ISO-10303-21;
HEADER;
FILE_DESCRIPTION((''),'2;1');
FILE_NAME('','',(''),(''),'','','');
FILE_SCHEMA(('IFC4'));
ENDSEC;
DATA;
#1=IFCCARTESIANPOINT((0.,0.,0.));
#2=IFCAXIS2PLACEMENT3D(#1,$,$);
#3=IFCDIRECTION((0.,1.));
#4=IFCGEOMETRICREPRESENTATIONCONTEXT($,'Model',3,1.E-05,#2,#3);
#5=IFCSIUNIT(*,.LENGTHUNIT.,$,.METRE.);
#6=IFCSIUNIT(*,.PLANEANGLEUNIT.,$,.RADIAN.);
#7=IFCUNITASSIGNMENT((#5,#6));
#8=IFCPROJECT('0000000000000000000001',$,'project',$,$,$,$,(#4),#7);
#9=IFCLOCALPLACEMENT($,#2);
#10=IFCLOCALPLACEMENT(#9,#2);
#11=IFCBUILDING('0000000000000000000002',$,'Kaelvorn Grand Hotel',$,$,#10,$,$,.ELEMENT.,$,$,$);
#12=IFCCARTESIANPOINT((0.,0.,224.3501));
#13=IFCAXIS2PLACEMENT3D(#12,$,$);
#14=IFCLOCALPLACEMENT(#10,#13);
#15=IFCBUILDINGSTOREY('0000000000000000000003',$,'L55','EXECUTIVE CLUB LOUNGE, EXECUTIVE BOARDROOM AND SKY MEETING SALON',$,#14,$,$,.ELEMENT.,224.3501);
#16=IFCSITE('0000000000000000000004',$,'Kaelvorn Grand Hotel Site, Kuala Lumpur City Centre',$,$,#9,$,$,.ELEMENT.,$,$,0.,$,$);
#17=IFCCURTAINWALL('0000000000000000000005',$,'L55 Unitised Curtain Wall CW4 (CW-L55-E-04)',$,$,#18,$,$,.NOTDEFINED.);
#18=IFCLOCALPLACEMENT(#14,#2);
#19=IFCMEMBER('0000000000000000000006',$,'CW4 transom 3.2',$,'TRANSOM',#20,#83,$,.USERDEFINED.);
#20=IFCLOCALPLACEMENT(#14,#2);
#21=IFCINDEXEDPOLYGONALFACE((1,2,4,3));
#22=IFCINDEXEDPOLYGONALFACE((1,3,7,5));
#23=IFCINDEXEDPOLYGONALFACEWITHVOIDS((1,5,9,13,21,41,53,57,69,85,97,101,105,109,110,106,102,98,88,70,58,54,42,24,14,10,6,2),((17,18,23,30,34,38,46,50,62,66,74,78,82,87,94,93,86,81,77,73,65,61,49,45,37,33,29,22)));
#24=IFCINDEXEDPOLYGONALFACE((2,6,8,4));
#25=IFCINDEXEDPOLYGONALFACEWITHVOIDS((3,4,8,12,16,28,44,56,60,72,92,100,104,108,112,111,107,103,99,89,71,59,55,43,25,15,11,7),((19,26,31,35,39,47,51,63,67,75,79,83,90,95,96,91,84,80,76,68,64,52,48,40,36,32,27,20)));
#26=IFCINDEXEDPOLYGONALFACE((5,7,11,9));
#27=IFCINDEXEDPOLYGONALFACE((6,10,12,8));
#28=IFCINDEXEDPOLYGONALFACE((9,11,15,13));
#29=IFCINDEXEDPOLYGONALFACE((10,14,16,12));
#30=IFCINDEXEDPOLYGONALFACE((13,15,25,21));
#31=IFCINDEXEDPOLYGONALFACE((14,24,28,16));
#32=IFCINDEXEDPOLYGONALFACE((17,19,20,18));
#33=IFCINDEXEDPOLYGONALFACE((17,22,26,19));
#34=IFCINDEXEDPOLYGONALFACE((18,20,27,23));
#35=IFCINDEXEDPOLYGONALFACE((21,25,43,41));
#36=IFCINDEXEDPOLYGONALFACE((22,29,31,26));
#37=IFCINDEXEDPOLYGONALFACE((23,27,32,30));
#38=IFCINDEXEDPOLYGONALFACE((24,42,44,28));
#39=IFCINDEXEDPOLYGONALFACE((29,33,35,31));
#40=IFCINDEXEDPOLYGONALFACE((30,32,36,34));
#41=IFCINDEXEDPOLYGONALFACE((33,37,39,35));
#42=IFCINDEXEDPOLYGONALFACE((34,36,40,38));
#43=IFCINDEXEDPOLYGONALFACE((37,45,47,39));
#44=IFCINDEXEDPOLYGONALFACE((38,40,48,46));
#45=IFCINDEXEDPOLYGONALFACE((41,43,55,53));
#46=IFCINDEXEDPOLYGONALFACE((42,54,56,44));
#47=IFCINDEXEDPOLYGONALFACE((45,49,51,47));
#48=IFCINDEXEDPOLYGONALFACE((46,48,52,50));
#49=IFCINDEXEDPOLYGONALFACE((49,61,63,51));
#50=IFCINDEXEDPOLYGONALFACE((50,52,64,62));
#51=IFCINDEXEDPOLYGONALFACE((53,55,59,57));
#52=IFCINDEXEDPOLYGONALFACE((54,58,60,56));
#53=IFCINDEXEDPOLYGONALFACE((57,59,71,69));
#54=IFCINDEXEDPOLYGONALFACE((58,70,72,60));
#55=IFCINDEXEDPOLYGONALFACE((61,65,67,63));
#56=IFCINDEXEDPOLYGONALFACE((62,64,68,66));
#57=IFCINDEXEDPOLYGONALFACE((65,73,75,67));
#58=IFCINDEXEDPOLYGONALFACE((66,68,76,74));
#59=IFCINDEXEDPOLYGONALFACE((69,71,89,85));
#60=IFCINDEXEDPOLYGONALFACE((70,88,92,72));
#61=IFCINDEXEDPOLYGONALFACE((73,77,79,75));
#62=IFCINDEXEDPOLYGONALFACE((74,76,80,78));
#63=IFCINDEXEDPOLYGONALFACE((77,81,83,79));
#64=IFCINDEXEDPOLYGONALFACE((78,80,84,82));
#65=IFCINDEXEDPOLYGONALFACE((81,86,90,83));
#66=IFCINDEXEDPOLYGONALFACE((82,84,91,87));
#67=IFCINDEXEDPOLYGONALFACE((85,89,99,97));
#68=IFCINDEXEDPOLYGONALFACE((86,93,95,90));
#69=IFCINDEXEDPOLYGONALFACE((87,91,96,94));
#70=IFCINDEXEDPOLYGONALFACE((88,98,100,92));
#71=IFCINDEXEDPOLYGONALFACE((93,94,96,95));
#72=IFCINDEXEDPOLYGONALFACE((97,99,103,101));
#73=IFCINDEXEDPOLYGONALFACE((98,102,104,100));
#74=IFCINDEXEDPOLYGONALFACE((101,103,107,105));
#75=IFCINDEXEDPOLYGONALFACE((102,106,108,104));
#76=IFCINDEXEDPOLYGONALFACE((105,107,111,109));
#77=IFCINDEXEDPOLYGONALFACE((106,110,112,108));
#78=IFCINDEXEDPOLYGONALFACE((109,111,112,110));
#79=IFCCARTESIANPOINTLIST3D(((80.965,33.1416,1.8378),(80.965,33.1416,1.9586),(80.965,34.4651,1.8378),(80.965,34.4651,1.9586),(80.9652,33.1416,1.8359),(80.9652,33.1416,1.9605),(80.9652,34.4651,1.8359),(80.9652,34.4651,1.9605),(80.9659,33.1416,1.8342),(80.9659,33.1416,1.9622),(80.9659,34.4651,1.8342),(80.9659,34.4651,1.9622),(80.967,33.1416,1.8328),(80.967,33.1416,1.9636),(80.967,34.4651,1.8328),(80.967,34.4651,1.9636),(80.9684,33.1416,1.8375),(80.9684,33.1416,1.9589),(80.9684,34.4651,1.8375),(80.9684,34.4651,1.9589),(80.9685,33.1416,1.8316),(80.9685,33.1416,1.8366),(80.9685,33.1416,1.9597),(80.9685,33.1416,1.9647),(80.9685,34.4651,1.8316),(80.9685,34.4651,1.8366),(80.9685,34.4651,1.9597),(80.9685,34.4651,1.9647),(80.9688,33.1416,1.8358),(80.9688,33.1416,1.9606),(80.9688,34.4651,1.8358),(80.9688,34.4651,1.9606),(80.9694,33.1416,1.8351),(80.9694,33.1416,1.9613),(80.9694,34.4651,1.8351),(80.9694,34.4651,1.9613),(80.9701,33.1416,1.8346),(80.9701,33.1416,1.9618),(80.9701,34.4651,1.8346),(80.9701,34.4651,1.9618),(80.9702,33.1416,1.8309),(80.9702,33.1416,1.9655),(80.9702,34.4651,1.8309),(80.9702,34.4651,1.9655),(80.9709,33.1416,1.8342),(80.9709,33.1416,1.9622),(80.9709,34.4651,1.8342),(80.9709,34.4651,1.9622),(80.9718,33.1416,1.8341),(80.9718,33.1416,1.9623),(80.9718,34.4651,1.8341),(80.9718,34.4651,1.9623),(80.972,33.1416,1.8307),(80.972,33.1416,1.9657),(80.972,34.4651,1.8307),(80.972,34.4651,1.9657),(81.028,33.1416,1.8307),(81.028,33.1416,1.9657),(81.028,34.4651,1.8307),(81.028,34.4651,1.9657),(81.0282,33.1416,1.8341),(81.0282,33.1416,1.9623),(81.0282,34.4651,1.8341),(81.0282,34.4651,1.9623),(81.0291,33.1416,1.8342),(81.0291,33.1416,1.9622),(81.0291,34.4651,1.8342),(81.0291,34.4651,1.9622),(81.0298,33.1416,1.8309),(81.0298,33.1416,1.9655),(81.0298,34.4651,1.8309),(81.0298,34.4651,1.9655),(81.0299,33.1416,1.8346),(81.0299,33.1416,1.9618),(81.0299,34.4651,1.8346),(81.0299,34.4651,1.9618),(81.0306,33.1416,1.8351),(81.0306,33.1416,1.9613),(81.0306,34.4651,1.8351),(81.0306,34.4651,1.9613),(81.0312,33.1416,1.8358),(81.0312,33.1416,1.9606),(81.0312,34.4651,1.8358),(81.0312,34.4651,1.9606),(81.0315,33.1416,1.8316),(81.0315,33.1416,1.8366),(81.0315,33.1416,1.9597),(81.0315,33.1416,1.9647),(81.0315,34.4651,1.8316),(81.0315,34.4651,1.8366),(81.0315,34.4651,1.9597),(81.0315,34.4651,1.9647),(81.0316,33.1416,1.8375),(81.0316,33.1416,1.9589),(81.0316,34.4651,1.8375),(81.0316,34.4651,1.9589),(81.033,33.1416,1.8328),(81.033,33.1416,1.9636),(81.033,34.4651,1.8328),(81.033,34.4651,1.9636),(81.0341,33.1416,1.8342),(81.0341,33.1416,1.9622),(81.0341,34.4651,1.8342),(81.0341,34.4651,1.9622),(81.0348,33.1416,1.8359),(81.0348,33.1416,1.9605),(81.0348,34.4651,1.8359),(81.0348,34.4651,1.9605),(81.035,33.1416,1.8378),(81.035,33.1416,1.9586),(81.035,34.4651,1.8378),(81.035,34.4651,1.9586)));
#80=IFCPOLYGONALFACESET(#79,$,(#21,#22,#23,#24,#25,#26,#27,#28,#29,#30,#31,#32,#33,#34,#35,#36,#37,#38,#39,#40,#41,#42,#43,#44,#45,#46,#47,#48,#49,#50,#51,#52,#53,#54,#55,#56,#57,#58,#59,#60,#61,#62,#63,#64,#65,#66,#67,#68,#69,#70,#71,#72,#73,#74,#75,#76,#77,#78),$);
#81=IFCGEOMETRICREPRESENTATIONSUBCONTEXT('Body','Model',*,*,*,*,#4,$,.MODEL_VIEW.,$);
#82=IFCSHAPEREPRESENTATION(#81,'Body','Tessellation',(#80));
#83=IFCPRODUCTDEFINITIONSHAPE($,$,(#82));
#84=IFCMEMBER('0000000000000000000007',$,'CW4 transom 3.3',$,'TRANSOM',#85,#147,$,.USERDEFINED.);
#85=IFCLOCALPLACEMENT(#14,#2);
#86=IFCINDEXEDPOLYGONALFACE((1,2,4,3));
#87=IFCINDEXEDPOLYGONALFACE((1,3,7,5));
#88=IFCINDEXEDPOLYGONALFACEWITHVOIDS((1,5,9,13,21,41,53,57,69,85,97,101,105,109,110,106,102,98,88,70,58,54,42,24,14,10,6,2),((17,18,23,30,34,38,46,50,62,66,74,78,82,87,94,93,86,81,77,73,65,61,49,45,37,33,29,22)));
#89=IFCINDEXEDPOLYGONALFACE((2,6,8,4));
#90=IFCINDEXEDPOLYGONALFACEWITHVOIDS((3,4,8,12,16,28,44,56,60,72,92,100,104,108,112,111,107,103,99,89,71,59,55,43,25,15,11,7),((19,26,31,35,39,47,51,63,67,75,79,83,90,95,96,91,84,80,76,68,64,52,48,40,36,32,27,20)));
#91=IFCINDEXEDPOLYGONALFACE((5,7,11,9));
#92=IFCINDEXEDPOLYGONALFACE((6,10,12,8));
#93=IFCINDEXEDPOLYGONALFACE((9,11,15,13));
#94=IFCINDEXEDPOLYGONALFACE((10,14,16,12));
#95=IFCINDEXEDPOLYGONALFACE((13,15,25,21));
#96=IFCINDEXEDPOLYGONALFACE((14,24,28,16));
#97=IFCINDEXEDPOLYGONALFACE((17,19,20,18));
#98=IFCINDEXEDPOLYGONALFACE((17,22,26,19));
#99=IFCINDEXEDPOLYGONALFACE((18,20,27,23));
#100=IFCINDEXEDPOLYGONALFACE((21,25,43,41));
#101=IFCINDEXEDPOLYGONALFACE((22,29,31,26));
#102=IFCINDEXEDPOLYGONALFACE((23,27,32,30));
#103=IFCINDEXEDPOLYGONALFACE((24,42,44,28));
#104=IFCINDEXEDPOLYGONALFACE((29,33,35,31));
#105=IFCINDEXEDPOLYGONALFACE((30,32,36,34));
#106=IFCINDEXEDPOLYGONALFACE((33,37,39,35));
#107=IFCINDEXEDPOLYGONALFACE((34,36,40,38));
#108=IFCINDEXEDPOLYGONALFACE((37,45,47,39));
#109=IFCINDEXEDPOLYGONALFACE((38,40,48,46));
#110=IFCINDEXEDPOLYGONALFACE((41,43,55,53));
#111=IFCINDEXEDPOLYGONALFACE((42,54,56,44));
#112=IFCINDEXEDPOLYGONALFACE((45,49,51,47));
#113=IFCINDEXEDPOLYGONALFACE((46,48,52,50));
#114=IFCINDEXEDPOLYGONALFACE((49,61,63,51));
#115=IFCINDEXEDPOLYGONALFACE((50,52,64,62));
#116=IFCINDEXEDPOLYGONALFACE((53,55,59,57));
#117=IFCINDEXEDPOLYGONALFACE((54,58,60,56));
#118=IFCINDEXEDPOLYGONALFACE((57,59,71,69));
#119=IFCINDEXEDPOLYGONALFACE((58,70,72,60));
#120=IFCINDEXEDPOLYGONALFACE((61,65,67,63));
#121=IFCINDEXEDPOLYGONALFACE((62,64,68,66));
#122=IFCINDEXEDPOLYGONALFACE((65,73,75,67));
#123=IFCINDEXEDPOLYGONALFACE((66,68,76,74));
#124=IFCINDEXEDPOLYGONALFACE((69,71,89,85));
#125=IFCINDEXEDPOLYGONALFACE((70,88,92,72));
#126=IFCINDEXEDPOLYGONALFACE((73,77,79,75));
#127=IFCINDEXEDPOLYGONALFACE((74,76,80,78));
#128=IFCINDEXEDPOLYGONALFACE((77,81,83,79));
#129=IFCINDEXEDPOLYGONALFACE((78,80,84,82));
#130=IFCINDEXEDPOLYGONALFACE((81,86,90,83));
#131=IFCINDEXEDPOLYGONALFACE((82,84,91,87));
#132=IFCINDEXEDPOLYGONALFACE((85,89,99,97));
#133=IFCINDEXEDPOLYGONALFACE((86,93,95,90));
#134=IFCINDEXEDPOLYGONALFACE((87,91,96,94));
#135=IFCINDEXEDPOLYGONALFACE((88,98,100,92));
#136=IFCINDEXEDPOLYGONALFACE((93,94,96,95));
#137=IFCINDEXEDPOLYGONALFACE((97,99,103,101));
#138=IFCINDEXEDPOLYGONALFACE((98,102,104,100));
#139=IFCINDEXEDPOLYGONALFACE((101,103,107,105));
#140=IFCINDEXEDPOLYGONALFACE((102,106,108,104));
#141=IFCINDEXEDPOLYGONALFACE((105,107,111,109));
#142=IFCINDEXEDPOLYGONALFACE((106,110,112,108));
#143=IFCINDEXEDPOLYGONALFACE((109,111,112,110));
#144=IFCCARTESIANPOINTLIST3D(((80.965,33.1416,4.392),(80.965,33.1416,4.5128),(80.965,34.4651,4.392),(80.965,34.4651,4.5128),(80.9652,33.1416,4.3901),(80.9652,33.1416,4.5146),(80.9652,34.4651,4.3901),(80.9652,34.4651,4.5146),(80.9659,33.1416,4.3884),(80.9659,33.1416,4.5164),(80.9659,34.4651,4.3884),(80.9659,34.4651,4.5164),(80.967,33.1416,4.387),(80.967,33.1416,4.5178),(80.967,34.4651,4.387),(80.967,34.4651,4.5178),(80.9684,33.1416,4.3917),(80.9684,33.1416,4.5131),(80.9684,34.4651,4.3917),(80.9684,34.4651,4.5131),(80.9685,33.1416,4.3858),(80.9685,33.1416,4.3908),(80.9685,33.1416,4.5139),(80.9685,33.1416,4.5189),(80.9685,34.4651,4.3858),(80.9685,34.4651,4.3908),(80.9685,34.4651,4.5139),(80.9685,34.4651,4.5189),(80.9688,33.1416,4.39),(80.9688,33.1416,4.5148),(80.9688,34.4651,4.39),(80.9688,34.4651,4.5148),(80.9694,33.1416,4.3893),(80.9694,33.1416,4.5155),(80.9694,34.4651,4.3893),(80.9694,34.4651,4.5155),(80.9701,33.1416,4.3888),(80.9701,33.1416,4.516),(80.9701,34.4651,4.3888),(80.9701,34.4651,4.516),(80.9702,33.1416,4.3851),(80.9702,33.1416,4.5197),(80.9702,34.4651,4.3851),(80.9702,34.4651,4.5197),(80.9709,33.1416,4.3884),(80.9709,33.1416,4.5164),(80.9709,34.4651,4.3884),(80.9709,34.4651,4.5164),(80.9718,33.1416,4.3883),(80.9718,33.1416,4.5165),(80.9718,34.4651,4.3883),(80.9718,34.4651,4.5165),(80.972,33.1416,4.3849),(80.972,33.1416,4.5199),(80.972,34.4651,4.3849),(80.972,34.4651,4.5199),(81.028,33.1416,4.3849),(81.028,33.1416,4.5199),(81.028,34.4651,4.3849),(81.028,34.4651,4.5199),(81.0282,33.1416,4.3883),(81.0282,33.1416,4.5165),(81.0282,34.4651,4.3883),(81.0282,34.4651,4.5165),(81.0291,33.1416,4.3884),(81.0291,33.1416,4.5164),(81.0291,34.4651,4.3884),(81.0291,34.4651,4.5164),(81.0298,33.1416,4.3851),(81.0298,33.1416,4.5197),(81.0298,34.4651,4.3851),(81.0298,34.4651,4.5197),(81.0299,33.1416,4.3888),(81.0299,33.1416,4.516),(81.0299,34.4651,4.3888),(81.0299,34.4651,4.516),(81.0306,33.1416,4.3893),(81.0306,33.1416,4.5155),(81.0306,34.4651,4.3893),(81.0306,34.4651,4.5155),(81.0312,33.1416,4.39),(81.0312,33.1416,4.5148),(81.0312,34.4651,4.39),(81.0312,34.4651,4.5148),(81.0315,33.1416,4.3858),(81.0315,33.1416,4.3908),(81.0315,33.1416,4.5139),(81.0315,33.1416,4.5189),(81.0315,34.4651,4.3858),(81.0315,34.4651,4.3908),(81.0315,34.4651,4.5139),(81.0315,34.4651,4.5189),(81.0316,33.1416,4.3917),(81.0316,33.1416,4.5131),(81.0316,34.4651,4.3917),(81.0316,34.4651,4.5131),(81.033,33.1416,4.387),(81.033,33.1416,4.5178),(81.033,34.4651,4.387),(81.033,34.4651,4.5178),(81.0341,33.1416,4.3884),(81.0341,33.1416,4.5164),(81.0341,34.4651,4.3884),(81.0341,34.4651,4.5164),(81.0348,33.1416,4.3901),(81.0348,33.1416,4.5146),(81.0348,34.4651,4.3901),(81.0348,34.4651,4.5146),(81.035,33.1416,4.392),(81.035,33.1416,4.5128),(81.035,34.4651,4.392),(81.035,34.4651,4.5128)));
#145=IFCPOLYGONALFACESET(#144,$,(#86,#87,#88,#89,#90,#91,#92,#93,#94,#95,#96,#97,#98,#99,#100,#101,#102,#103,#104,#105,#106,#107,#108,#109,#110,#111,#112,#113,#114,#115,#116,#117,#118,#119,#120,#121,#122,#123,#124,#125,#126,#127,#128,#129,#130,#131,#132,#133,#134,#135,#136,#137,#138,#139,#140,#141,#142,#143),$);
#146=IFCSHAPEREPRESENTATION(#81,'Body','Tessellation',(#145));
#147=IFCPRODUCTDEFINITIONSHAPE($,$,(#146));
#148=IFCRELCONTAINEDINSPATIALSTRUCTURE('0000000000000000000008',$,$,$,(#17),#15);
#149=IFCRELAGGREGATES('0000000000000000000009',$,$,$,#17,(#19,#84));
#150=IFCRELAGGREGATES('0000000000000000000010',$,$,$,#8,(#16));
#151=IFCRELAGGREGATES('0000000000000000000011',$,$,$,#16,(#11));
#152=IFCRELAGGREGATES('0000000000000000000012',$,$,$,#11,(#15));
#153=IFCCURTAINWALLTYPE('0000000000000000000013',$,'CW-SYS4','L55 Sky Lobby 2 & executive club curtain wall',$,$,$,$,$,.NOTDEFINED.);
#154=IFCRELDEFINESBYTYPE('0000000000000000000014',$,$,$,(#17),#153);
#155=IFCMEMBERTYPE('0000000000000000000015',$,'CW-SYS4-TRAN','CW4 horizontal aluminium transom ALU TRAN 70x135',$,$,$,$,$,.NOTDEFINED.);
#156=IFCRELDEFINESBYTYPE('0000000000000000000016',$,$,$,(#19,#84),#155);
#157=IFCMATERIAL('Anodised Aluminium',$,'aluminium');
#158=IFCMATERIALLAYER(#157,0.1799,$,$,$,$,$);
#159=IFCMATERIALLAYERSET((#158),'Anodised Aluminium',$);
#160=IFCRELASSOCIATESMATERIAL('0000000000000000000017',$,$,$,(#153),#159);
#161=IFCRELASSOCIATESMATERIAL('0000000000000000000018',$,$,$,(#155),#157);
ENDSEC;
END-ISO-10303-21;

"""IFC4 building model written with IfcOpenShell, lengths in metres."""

from ifc_helpers import new_model, si_unit, direction, frame, origin, origin_2d, place, context, subcontext, project, spatial, hollow_rectangle, extrude, material, layer, layer_set, material_profile, profile_set, type_object, element, aggregate, save


model = new_model("IFC4")

# Units and contexts
model_context = context("Model", 3, precision=1e-05, world=origin(), true_north=direction((0.0, 1.0)))
body_context = subcontext(model_context, "Body", "Model", "MODEL_VIEW")
ifc_project = project(units=[si_unit("LENGTHUNIT", "METRE"), si_unit("PLANEANGLEUNIT", "RADIAN")], contexts=[model_context])

# Site, building, storey
site_placement = place(None, origin())
site = spatial("IfcSite", under=ifc_project, at=site_placement, Name="Kaelvorn Grand Hotel Site, Kuala Lumpur City Centre", CompositionType="ELEMENT", RefElevation=0.0)
building_placement = place(site_placement, origin())
building = spatial("IfcBuilding", under=site, at=building_placement, Name="Kaelvorn Grand Hotel", CompositionType="ELEMENT")
storey_placement = place(building_placement, frame((0.0, 0.0, 224.3501)))
storey = spatial("IfcBuildingStorey", under=building, at=storey_placement, Name="L55", Description="EXECUTIVE CLUB LOUNGE, EXECUTIVE BOARDROOM AND SKY MEETING SALON", CompositionType="ELEMENT", Elevation=224.3501)

# Curtain wall, members
ifc_material_1 = material(Name="Anodised Aluminium", Category="aluminium")
ifc_layer_1 = layer(ifc_material_1, 0.1799)
ifc_layer_set_1 = layer_set([ifc_layer_1], Name="Anodised Aluminium")
curtain_wall_type = type_object("IfcCurtainWallType", Name="CW-SYS4", Description="L55 Sky Lobby 2 & executive club curtain wall", PredefinedType="NOTDEFINED", material=ifc_layer_set_1)
curtain_wall_placement = place(storey_placement, origin())
curtain_wall = element("IfcCurtainWall", 1, at=curtain_wall_placement, inside=storey, type_object=curtain_wall_type, Name="L55 Unitised Curtain Wall CW4 (CW-L55-E-04)", PredefinedType="NOTDEFINED")
ifc_material_profile_1 = material_profile(ifc_material_1, hollow_rectangle(XDim=0.0701, YDim=0.135, WallThickness=0.0034, InnerFilletRadius=0.0034, OuterFilletRadius=0.0071, at=origin_2d()), Name="ALU TRAN 70x135")
ifc_profile_set_1 = profile_set([ifc_material_profile_1], Name="Anodised Aluminium")
member_type_1 = type_object("IfcMemberType", Name="CW-SYS4-TRAN", Description="CW4 horizontal aluminium transom ALU TRAN 70x135", PredefinedType="NOTDEFINED", material=ifc_profile_set_1)
member_1_placement = place(storey_placement, frame((81.0, 33.1416, 1.8982), z_axis=(0.0, 1.0, 0.0), x_axis=(-1.0, 0.0, 0.0)))
member_1 = element("IfcMember", 2, at=member_1_placement, type_object=member_type_1, Name="CW4 transom 3.2", ObjectType="TRANSOM", PredefinedType="USERDEFINED", context=body_context, shape_type="SweptSolid", body=[
    extrude(hollow_rectangle(XDim=0.0701, YDim=0.135, WallThickness=0.0034, InnerFilletRadius=0.0034, OuterFilletRadius=0.0071, at=origin_2d()), origin(), (0.0, 0.0, 1.0), 1.3235),
])
member_2_placement = place(storey_placement, frame((81.0, 33.1416, 4.4524), z_axis=(0.0, 1.0, 0.0), x_axis=(-1.0, 0.0, 0.0)))
member_2 = element("IfcMember", 3, at=member_2_placement, type_object=member_type_1, Name="CW4 transom 3.3", ObjectType="TRANSOM", PredefinedType="USERDEFINED", context=body_context, shape_type="SweptSolid", body=[
    extrude(hollow_rectangle(XDim=0.0701, YDim=0.135, WallThickness=0.0034, InnerFilletRadius=0.0034, OuterFilletRadius=0.0071, at=origin_2d()), origin(), (0.0, 0.0, 1.0), 1.3235),
])
aggregate(curtain_wall, [member_1, member_2])

save(model, "model.ifc")
